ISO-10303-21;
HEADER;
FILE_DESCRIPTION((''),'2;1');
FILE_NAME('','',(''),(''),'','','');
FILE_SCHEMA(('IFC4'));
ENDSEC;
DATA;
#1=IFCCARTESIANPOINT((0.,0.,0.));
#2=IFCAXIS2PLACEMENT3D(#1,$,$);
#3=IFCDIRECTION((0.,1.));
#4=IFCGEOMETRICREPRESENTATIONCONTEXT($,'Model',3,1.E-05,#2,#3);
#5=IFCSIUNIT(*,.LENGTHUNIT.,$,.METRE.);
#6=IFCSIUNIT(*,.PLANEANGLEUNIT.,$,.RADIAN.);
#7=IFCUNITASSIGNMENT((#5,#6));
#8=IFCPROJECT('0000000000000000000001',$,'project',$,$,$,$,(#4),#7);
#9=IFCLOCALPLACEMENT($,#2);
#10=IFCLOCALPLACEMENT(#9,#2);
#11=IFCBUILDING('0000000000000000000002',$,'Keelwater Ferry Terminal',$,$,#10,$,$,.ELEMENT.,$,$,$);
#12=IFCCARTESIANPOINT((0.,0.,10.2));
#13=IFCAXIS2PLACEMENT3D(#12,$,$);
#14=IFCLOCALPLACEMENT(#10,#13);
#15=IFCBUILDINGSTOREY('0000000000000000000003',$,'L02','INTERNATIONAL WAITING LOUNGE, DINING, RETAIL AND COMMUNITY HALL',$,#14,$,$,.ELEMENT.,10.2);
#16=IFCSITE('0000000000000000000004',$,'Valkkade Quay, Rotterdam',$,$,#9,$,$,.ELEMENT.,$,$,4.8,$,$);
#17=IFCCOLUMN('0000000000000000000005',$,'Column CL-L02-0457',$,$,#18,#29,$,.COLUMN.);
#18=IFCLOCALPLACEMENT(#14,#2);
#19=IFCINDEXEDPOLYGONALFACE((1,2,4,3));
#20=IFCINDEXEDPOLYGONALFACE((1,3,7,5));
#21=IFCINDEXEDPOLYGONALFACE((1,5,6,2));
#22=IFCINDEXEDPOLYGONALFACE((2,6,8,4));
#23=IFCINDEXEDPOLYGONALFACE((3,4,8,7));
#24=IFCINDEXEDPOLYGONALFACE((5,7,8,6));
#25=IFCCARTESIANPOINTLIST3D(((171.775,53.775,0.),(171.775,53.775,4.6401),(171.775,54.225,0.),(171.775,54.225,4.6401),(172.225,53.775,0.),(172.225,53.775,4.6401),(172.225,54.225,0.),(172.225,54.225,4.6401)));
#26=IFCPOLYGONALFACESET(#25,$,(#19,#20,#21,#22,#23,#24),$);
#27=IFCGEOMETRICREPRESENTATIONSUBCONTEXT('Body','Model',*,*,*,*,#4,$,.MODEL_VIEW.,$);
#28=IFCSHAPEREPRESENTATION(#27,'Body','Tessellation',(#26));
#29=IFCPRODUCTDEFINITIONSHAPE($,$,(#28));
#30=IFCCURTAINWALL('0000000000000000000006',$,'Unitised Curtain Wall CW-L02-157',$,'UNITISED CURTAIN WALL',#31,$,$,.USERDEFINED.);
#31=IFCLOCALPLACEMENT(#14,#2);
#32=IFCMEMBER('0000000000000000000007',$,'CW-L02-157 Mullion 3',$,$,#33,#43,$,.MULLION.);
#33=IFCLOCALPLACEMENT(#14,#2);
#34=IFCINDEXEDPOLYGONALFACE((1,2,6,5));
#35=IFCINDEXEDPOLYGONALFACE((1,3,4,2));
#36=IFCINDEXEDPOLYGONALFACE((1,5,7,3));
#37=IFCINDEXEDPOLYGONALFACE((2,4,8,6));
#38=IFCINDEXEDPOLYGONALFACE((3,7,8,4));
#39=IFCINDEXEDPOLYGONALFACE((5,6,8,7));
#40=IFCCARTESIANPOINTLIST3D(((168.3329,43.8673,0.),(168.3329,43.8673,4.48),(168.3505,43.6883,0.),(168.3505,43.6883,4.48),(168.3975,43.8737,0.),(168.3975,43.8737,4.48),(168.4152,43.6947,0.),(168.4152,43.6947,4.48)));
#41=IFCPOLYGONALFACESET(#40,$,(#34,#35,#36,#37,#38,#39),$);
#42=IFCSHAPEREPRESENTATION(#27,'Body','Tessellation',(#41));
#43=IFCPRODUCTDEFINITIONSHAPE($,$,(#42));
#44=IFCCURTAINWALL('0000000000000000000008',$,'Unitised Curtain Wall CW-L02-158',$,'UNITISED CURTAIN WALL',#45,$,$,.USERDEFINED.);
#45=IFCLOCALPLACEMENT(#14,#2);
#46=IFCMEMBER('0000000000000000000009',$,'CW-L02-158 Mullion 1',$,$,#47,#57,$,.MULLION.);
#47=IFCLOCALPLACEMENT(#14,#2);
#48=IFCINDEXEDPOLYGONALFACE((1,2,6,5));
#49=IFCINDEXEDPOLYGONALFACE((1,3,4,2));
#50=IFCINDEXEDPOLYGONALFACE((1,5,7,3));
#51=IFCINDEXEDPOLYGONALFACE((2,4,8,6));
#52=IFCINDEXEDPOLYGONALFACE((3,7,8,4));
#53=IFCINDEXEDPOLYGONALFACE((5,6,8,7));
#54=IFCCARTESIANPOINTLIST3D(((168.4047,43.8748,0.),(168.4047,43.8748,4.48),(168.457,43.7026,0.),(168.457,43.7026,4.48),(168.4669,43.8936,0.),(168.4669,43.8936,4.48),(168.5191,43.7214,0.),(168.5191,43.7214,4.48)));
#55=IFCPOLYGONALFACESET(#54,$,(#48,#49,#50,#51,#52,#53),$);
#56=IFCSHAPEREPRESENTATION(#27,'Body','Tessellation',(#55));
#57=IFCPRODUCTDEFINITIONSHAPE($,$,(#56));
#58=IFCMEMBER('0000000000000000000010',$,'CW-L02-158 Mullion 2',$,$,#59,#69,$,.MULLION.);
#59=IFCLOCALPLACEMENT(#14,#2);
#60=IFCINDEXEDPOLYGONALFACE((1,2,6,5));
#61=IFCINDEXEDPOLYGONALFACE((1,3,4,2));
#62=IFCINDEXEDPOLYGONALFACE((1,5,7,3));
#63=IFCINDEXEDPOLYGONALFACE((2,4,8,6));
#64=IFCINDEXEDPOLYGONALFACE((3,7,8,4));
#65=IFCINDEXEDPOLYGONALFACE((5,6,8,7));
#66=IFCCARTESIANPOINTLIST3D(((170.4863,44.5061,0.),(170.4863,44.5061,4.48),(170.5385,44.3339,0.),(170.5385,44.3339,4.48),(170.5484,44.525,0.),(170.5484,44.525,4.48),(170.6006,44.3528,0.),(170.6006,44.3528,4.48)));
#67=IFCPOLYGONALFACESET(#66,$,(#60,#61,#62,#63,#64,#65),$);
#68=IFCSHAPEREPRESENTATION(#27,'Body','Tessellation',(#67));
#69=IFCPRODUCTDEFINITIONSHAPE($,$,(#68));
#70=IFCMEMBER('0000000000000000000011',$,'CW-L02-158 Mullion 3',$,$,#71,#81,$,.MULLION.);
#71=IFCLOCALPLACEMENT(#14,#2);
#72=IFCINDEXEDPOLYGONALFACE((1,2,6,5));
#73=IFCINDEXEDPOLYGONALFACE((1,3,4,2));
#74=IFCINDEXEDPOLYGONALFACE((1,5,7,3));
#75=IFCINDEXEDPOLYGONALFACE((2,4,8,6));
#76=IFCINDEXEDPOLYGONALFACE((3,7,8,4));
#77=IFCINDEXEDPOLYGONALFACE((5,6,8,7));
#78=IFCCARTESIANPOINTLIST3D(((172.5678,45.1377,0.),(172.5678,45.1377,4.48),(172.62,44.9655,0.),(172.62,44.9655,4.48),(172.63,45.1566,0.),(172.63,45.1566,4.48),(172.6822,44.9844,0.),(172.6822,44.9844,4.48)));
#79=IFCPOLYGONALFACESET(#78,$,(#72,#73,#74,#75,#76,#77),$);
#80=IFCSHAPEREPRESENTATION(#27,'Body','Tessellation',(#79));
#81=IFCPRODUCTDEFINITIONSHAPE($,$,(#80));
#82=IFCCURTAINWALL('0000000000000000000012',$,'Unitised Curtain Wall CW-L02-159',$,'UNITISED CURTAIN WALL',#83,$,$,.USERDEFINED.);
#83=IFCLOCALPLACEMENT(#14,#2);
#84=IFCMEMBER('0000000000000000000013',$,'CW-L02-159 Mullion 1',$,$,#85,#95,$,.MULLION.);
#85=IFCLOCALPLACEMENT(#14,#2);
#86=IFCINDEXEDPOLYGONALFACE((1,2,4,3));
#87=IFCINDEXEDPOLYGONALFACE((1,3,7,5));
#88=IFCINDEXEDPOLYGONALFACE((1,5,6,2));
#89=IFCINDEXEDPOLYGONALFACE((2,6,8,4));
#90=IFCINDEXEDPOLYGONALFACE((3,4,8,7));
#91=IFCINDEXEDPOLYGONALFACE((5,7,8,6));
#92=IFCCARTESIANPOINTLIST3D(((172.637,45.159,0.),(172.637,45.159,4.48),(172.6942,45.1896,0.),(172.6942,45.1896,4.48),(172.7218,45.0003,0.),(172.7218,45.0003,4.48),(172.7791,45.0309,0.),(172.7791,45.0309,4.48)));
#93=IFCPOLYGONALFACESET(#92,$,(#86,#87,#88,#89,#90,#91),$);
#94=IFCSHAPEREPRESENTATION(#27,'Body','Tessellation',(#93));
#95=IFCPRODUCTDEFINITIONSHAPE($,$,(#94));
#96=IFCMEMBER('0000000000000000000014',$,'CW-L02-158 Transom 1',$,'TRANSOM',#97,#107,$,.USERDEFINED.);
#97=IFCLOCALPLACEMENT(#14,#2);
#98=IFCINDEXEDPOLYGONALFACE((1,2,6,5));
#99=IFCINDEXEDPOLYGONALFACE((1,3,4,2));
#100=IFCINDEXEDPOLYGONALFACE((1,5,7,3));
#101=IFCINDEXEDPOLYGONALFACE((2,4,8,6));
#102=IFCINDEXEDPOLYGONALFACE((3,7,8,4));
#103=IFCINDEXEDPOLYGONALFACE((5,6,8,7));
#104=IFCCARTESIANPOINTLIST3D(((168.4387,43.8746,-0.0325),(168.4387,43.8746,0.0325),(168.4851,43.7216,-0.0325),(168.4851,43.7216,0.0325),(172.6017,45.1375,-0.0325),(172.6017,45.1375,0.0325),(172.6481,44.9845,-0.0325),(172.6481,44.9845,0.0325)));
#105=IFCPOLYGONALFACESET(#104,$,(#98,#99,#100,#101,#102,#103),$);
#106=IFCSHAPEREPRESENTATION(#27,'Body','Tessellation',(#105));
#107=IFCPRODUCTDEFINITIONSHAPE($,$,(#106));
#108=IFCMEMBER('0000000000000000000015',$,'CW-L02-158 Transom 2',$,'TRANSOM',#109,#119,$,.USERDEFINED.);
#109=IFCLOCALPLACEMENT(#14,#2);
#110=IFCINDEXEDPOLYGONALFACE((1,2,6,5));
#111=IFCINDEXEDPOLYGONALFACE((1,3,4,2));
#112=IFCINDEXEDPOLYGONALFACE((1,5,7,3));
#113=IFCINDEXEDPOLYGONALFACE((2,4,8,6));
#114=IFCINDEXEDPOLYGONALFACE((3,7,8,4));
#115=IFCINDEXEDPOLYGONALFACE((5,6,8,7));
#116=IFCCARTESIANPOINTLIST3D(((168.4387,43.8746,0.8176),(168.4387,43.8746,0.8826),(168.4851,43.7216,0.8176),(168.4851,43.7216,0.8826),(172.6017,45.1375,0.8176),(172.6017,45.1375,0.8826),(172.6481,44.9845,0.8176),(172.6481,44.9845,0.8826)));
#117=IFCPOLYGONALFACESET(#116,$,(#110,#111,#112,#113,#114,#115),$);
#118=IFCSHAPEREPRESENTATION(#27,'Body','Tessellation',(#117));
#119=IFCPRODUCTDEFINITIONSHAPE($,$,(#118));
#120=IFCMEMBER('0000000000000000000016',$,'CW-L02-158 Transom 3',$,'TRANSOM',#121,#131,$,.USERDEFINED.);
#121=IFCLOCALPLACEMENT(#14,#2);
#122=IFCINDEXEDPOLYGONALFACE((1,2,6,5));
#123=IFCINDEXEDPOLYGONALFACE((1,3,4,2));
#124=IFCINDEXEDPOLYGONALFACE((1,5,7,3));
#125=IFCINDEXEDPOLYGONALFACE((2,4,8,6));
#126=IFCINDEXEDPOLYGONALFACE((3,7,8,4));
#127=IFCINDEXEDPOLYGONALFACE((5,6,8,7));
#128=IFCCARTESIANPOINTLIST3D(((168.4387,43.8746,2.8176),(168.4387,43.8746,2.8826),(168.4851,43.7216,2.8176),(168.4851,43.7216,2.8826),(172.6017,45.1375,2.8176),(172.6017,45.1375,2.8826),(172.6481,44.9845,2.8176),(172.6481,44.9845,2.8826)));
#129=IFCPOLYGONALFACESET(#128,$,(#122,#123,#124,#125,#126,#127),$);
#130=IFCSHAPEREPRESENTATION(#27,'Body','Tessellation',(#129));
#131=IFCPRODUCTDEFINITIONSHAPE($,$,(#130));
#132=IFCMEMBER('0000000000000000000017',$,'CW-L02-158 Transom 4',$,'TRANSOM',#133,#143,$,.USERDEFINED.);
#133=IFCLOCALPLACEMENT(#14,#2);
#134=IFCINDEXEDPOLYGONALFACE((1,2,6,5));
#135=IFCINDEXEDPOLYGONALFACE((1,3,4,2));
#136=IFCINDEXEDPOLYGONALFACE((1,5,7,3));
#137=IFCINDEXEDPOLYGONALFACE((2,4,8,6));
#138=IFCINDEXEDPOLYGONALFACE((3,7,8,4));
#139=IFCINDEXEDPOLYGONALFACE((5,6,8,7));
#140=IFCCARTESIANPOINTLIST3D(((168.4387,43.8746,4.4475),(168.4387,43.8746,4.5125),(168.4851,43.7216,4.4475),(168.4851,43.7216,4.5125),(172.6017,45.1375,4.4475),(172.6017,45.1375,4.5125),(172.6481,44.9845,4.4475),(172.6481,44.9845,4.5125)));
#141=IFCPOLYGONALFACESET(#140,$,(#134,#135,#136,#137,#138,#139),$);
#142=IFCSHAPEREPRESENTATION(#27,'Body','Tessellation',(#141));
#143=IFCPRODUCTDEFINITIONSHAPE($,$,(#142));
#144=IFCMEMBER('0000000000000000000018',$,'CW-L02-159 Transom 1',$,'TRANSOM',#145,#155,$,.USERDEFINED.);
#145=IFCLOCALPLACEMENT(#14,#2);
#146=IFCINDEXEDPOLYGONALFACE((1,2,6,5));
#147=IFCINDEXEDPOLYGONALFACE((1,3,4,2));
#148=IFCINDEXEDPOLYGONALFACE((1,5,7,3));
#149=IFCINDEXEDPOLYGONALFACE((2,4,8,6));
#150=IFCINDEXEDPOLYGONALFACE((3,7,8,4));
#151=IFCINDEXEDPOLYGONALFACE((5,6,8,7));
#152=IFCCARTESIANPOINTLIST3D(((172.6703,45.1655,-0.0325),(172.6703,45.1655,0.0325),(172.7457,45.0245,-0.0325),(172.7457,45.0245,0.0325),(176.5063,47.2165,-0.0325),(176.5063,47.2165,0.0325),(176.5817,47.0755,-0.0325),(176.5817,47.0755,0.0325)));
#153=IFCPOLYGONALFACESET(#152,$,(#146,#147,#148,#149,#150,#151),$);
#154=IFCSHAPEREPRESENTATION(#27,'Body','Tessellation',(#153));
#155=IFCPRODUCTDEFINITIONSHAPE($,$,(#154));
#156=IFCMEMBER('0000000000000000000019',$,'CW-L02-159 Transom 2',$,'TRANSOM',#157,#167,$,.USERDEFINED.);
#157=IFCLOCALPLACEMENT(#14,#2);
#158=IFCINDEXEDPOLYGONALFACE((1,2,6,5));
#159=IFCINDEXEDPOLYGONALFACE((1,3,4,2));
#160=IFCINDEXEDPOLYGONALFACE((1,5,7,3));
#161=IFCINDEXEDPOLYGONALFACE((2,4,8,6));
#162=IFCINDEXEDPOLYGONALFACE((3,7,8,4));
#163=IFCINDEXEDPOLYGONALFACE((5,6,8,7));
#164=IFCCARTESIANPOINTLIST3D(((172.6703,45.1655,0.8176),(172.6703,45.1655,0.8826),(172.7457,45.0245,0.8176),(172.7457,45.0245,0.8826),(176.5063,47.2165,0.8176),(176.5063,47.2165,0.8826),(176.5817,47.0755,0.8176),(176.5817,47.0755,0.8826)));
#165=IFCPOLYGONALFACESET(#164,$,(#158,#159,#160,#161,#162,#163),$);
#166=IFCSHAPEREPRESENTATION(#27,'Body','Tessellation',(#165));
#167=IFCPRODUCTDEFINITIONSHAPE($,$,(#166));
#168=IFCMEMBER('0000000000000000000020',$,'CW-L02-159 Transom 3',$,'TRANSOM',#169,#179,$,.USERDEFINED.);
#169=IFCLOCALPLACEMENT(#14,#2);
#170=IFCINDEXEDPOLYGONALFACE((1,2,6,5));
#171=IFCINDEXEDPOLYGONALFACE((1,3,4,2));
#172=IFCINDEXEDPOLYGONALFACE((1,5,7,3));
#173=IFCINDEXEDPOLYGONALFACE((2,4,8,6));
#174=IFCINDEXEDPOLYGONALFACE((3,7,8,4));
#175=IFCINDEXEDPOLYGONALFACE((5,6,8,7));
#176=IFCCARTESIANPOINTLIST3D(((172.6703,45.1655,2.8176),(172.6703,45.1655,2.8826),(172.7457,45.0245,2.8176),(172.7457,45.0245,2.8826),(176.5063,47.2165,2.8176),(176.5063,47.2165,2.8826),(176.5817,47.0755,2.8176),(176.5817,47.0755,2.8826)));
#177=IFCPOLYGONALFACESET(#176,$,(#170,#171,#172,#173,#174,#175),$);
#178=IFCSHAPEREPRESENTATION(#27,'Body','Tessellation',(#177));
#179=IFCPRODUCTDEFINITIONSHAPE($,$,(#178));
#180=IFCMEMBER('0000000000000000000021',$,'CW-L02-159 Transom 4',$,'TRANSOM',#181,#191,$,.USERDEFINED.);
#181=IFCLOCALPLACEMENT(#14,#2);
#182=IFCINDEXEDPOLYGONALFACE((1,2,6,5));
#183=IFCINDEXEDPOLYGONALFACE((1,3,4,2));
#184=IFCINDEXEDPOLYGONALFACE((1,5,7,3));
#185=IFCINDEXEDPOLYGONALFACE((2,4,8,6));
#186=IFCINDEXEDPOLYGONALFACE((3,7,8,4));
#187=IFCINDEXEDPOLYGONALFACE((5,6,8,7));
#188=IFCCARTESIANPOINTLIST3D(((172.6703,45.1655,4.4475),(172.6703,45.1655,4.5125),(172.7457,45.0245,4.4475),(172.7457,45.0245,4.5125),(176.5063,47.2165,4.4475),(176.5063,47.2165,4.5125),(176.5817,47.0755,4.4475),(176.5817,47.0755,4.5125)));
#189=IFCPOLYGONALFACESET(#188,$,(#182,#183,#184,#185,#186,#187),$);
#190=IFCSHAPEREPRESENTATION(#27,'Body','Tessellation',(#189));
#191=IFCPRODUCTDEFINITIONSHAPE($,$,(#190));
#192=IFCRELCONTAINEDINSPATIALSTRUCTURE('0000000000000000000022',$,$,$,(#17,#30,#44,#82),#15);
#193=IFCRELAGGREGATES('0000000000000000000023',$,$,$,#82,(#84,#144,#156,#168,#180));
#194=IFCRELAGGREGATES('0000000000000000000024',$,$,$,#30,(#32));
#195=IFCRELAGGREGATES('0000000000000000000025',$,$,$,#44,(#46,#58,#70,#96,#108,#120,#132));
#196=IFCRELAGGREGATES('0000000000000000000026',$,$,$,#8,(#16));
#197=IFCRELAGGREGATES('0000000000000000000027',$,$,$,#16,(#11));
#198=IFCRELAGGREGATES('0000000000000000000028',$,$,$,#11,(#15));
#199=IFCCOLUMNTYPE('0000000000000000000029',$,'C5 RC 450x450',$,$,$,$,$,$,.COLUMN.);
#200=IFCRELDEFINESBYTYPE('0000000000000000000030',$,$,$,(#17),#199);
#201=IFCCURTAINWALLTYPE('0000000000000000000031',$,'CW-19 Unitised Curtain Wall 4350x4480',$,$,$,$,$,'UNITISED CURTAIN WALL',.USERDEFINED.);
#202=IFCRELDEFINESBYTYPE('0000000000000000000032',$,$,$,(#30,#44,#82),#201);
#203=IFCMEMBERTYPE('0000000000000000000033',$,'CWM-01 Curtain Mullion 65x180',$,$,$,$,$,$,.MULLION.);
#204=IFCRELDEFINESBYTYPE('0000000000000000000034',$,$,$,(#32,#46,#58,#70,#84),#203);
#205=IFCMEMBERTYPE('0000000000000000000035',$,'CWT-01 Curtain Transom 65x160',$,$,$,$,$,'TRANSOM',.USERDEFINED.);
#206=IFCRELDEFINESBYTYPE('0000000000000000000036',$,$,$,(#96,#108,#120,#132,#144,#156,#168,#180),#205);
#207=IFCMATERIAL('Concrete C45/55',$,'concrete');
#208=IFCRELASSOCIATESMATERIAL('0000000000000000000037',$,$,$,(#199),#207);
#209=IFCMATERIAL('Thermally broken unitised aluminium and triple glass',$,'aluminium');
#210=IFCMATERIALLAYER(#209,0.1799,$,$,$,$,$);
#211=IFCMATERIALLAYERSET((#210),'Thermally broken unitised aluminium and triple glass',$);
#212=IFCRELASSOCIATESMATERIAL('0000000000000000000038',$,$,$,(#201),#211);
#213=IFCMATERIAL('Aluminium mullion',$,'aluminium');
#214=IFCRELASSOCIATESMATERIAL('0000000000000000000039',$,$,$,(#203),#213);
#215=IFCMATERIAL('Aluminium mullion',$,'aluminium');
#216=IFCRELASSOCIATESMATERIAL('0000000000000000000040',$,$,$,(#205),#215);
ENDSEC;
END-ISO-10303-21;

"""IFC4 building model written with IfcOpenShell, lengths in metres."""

from ifc_helpers import new_model, si_unit, direction, frame, origin, origin_2d, place, context, subcontext, project, spatial, rectangle, extrude, material, layer, layer_set, material_profile, profile_set, type_object, element, aggregate, save


model = new_model("IFC4")

# Units and contexts
model_context = context("Model", 3, precision=1e-05, world=origin(), true_north=direction((0.0, 1.0)))
body_context = subcontext(model_context, "Body", "Model", "MODEL_VIEW")
ifc_project = project(units=[si_unit("LENGTHUNIT", "METRE"), si_unit("PLANEANGLEUNIT", "RADIAN")], contexts=[model_context])

# Site, building, storey
site_placement = place(None, origin())
site = spatial("IfcSite", under=ifc_project, at=site_placement, Name="Valkkade Quay, Rotterdam", CompositionType="ELEMENT", RefElevation=4.8)
building_placement = place(site_placement, origin())
building = spatial("IfcBuilding", under=site, at=building_placement, Name="Keelwater Ferry Terminal", CompositionType="ELEMENT")
storey_placement = place(building_placement, frame((0.0, 0.0, 10.2)))
storey = spatial("IfcBuildingStorey", under=building, at=storey_placement, Name="L02", Description="INTERNATIONAL WAITING LOUNGE, DINING, RETAIL AND COMMUNITY HALL", CompositionType="ELEMENT", Elevation=10.2)

# Column
ifc_material_1 = material(Name="Concrete C45/55", Category="concrete")
ifc_material_profile_1 = material_profile(ifc_material_1, rectangle(XDim=0.45, YDim=0.45, at=origin_2d()), Name="RC 450x450")
ifc_profile_set_1 = profile_set([ifc_material_profile_1], Name="Concrete C45/55")
column_type = type_object("IfcColumnType", Name="C5 RC 450x450", PredefinedType="COLUMN", material=ifc_profile_set_1)
column_placement = place(storey_placement, frame((172.0, 54.0, 0.0), z_axis=(0.0, 0.0, 1.0), x_axis=(1.0, 0.0, 0.0)))
element("IfcColumn", 1, at=column_placement, inside=storey, type_object=column_type, Name="Column CL-L02-0457", PredefinedType="COLUMN", context=body_context, shape_type="SweptSolid", body=[
    extrude(rectangle(XDim=0.45, YDim=0.45, at=origin_2d()), origin(), (0.0, 0.0, 1.0), 4.6401),
])

# Curtain wall, member
ifc_material_2 = material(Name="Thermally broken unitised aluminium and triple glass", Category="aluminium")
ifc_layer_1 = layer(ifc_material_2, 0.1799)
ifc_layer_set_1 = layer_set([ifc_layer_1], Name="Thermally broken unitised aluminium and triple glass")
curtain_wall_type = type_object("IfcCurtainWallType", Name="CW-19 Unitised Curtain Wall 4350x4480", ElementType="UNITISED CURTAIN WALL", PredefinedType="USERDEFINED", material=ifc_layer_set_1)
curtain_wall_1_placement = place(storey_placement, origin())
curtain_wall_1 = element("IfcCurtainWall", 2, at=curtain_wall_1_placement, inside=storey, type_object=curtain_wall_type, Name="Unitised Curtain Wall CW-L02-157", ObjectType="UNITISED CURTAIN WALL", PredefinedType="USERDEFINED")
ifc_material_3 = material(Name="Aluminium mullion", Category="aluminium")
ifc_material_profile_2 = material_profile(ifc_material_3, rectangle(XDim=0.0649, YDim=0.1799, at=origin_2d()), Name="CWM-01")
ifc_profile_set_2 = profile_set([ifc_material_profile_2], Name="Aluminium mullion")
member_type_1 = type_object("IfcMemberType", Name="CWM-01 Curtain Mullion 65x180", PredefinedType="MULLION", material=ifc_profile_set_2)
member_1_placement = place(storey_placement, frame((168.374, 43.781, 0.0), z_axis=(0.0, 0.0, 1.0), x_axis=(0.995171, 0.098161, 0.0)))
member_1 = element("IfcMember", 3, at=member_1_placement, type_object=member_type_1, Name="CW-L02-157 Mullion 3", PredefinedType="MULLION", context=body_context, shape_type="SweptSolid", body=[
    extrude(rectangle(XDim=0.0649, YDim=0.1799, at=origin_2d()), origin(), (0.0, 0.0, 1.0), 4.48),
])

# Curtain wall, members
curtain_wall_2_placement = place(storey_placement, origin())
curtain_wall_2 = element("IfcCurtainWall", 4, at=curtain_wall_2_placement, inside=storey, type_object=curtain_wall_type, Name="Unitised Curtain Wall CW-L02-158", ObjectType="UNITISED CURTAIN WALL", PredefinedType="USERDEFINED")
member_2_placement = place(storey_placement, frame((168.4619, 43.7981, 0.0), z_axis=(0.0, 0.0, 1.0), x_axis=(0.95693, 0.29032, 0.0)))
member_2 = element("IfcMember", 5, at=member_2_placement, type_object=member_type_1, Name="CW-L02-158 Mullion 1", PredefinedType="MULLION", context=body_context, shape_type="SweptSolid", body=[
    extrude(rectangle(XDim=0.0649, YDim=0.1799, at=origin_2d()), origin(), (0.0, 0.0, 1.0), 4.48),
])
member_3_placement = place(storey_placement, frame((170.5435, 44.4294, 0.0), z_axis=(0.0, 0.0, 1.0), x_axis=(0.95693, 0.29032, 0.0)))
member_3 = element("IfcMember", 6, at=member_3_placement, type_object=member_type_1, Name="CW-L02-158 Mullion 2", PredefinedType="MULLION", context=body_context, shape_type="SweptSolid", body=[
    extrude(rectangle(XDim=0.0649, YDim=0.1799, at=origin_2d()), origin(), (0.0, 0.0, 1.0), 4.48),
])
member_4_placement = place(storey_placement, frame((172.625, 45.061, 0.0), z_axis=(0.0, 0.0, 1.0), x_axis=(0.95693, 0.29032, 0.0)))
member_4 = element("IfcMember", 7, at=member_4_placement, type_object=member_type_1, Name="CW-L02-158 Mullion 3", PredefinedType="MULLION", context=body_context, shape_type="SweptSolid", body=[
    extrude(rectangle(XDim=0.0649, YDim=0.1799, at=origin_2d()), origin(), (0.0, 0.0, 1.0), 4.48),
])

# Curtain wall, member
curtain_wall_3_placement = place(storey_placement, origin())
curtain_wall_3 = element("IfcCurtainWall", 8, at=curtain_wall_3_placement, inside=storey, type_object=curtain_wall_type, Name="Unitised Curtain Wall CW-L02-159", ObjectType="UNITISED CURTAIN WALL", PredefinedType="USERDEFINED")
member_5_placement = place(storey_placement, frame((172.708, 45.095, 0.0), z_axis=(0.0, 0.0, 1.0), x_axis=(0.881862, 0.471507, 0.0)))
member_5 = element("IfcMember", 9, at=member_5_placement, type_object=member_type_1, Name="CW-L02-159 Mullion 1", PredefinedType="MULLION", context=body_context, shape_type="SweptSolid", body=[
    extrude(rectangle(XDim=0.0649, YDim=0.1799, at=origin_2d()), origin(), (0.0, 0.0, 1.0), 4.48),
])

# Members
ifc_material_4 = material(Name="Aluminium mullion", Category="aluminium")
ifc_material_profile_3 = material_profile(ifc_material_4, rectangle(XDim=0.1599, YDim=0.0649, at=origin_2d()), Name="CWT-01")
ifc_profile_set_3 = profile_set([ifc_material_profile_3], Name="Aluminium mullion")
member_type_2 = type_object("IfcMemberType", Name="CWT-01 Curtain Transom 65x160", ElementType="TRANSOM", PredefinedType="USERDEFINED", material=ifc_profile_set_3)
member_6_placement = place(storey_placement, frame((168.4619, 43.7981, 0.0), z_axis=(0.956935, 0.290302, 0.0), x_axis=(-0.290302, 0.956935, 0.0)))
member_6 = element("IfcMember", 10, at=member_6_placement, type_object=member_type_2, Name="CW-L02-158 Transom 1", ObjectType="TRANSOM", PredefinedType="USERDEFINED", context=body_context, shape_type="SweptSolid", body=[
    extrude(rectangle(XDim=0.1599, YDim=0.0649, at=origin_2d()), origin(), (0.0, 0.0, 1.0), 4.3503),
])
member_7_placement = place(storey_placement, frame((168.4619, 43.7981, 0.8501), z_axis=(0.956935, 0.290302, 0.0), x_axis=(-0.290302, 0.956935, 0.0)))
member_7 = element("IfcMember", 11, at=member_7_placement, type_object=member_type_2, Name="CW-L02-158 Transom 2", ObjectType="TRANSOM", PredefinedType="USERDEFINED", context=body_context, shape_type="SweptSolid", body=[
    extrude(rectangle(XDim=0.1599, YDim=0.0649, at=origin_2d()), origin(), (0.0, 0.0, 1.0), 4.3503),
])
member_8_placement = place(storey_placement, frame((168.4619, 43.7981, 2.8501), z_axis=(0.956935, 0.290302, 0.0), x_axis=(-0.290302, 0.956935, 0.0)))
member_8 = element("IfcMember", 12, at=member_8_placement, type_object=member_type_2, Name="CW-L02-158 Transom 3", ObjectType="TRANSOM", PredefinedType="USERDEFINED", context=body_context, shape_type="SweptSolid", body=[
    extrude(rectangle(XDim=0.1599, YDim=0.0649, at=origin_2d()), origin(), (0.0, 0.0, 1.0), 4.3503),
])
member_9_placement = place(storey_placement, frame((168.4619, 43.7981, 4.48), z_axis=(0.956935, 0.290302, 0.0), x_axis=(-0.290302, 0.956935, 0.0)))
member_9 = element("IfcMember", 13, at=member_9_placement, type_object=member_type_2, Name="CW-L02-158 Transom 4", ObjectType="TRANSOM", PredefinedType="USERDEFINED", context=body_context, shape_type="SweptSolid", body=[
    extrude(rectangle(XDim=0.1599, YDim=0.0649, at=origin_2d()), origin(), (0.0, 0.0, 1.0), 4.3503),
])
member_10_placement = place(storey_placement, frame((172.708, 45.095, 0.0), z_axis=(0.881857, 0.471517, 0.0), x_axis=(-0.471517, 0.881857, 0.0)))
member_10 = element("IfcMember", 14, at=member_10_placement, type_object=member_type_2, Name="CW-L02-159 Transom 1", ObjectType="TRANSOM", PredefinedType="USERDEFINED", context=body_context, shape_type="SweptSolid", body=[
    extrude(rectangle(XDim=0.1599, YDim=0.0649, at=origin_2d()), origin(), (0.0, 0.0, 1.0), 4.3499),
])
member_11_placement = place(storey_placement, frame((172.708, 45.095, 0.8501), z_axis=(0.881857, 0.471517, 0.0), x_axis=(-0.471517, 0.881857, 0.0)))
member_11 = element("IfcMember", 15, at=member_11_placement, type_object=member_type_2, Name="CW-L02-159 Transom 2", ObjectType="TRANSOM", PredefinedType="USERDEFINED", context=body_context, shape_type="SweptSolid", body=[
    extrude(rectangle(XDim=0.1599, YDim=0.0649, at=origin_2d()), origin(), (0.0, 0.0, 1.0), 4.3499),
])
member_12_placement = place(storey_placement, frame((172.708, 45.095, 2.8501), z_axis=(0.881857, 0.471517, 0.0), x_axis=(-0.471517, 0.881857, 0.0)))
member_12 = element("IfcMember", 16, at=member_12_placement, type_object=member_type_2, Name="CW-L02-159 Transom 3", ObjectType="TRANSOM", PredefinedType="USERDEFINED", context=body_context, shape_type="SweptSolid", body=[
    extrude(rectangle(XDim=0.1599, YDim=0.0649, at=origin_2d()), origin(), (0.0, 0.0, 1.0), 4.3499),
])
member_13_placement = place(storey_placement, frame((172.708, 45.095, 4.48), z_axis=(0.881857, 0.471517, 0.0), x_axis=(-0.471517, 0.881857, 0.0)))
member_13 = element("IfcMember", 17, at=member_13_placement, type_object=member_type_2, Name="CW-L02-159 Transom 4", ObjectType="TRANSOM", PredefinedType="USERDEFINED", context=body_context, shape_type="SweptSolid", body=[
    extrude(rectangle(XDim=0.1599, YDim=0.0649, at=origin_2d()), origin(), (0.0, 0.0, 1.0), 4.3499),
])
aggregate(curtain_wall_3, [member_5, member_10, member_11, member_12, member_13])

aggregate(curtain_wall_1, [member_1])
aggregate(curtain_wall_2, [member_2, member_3, member_4, member_6, member_7, member_8, member_9])

save(model, "model.ifc")
